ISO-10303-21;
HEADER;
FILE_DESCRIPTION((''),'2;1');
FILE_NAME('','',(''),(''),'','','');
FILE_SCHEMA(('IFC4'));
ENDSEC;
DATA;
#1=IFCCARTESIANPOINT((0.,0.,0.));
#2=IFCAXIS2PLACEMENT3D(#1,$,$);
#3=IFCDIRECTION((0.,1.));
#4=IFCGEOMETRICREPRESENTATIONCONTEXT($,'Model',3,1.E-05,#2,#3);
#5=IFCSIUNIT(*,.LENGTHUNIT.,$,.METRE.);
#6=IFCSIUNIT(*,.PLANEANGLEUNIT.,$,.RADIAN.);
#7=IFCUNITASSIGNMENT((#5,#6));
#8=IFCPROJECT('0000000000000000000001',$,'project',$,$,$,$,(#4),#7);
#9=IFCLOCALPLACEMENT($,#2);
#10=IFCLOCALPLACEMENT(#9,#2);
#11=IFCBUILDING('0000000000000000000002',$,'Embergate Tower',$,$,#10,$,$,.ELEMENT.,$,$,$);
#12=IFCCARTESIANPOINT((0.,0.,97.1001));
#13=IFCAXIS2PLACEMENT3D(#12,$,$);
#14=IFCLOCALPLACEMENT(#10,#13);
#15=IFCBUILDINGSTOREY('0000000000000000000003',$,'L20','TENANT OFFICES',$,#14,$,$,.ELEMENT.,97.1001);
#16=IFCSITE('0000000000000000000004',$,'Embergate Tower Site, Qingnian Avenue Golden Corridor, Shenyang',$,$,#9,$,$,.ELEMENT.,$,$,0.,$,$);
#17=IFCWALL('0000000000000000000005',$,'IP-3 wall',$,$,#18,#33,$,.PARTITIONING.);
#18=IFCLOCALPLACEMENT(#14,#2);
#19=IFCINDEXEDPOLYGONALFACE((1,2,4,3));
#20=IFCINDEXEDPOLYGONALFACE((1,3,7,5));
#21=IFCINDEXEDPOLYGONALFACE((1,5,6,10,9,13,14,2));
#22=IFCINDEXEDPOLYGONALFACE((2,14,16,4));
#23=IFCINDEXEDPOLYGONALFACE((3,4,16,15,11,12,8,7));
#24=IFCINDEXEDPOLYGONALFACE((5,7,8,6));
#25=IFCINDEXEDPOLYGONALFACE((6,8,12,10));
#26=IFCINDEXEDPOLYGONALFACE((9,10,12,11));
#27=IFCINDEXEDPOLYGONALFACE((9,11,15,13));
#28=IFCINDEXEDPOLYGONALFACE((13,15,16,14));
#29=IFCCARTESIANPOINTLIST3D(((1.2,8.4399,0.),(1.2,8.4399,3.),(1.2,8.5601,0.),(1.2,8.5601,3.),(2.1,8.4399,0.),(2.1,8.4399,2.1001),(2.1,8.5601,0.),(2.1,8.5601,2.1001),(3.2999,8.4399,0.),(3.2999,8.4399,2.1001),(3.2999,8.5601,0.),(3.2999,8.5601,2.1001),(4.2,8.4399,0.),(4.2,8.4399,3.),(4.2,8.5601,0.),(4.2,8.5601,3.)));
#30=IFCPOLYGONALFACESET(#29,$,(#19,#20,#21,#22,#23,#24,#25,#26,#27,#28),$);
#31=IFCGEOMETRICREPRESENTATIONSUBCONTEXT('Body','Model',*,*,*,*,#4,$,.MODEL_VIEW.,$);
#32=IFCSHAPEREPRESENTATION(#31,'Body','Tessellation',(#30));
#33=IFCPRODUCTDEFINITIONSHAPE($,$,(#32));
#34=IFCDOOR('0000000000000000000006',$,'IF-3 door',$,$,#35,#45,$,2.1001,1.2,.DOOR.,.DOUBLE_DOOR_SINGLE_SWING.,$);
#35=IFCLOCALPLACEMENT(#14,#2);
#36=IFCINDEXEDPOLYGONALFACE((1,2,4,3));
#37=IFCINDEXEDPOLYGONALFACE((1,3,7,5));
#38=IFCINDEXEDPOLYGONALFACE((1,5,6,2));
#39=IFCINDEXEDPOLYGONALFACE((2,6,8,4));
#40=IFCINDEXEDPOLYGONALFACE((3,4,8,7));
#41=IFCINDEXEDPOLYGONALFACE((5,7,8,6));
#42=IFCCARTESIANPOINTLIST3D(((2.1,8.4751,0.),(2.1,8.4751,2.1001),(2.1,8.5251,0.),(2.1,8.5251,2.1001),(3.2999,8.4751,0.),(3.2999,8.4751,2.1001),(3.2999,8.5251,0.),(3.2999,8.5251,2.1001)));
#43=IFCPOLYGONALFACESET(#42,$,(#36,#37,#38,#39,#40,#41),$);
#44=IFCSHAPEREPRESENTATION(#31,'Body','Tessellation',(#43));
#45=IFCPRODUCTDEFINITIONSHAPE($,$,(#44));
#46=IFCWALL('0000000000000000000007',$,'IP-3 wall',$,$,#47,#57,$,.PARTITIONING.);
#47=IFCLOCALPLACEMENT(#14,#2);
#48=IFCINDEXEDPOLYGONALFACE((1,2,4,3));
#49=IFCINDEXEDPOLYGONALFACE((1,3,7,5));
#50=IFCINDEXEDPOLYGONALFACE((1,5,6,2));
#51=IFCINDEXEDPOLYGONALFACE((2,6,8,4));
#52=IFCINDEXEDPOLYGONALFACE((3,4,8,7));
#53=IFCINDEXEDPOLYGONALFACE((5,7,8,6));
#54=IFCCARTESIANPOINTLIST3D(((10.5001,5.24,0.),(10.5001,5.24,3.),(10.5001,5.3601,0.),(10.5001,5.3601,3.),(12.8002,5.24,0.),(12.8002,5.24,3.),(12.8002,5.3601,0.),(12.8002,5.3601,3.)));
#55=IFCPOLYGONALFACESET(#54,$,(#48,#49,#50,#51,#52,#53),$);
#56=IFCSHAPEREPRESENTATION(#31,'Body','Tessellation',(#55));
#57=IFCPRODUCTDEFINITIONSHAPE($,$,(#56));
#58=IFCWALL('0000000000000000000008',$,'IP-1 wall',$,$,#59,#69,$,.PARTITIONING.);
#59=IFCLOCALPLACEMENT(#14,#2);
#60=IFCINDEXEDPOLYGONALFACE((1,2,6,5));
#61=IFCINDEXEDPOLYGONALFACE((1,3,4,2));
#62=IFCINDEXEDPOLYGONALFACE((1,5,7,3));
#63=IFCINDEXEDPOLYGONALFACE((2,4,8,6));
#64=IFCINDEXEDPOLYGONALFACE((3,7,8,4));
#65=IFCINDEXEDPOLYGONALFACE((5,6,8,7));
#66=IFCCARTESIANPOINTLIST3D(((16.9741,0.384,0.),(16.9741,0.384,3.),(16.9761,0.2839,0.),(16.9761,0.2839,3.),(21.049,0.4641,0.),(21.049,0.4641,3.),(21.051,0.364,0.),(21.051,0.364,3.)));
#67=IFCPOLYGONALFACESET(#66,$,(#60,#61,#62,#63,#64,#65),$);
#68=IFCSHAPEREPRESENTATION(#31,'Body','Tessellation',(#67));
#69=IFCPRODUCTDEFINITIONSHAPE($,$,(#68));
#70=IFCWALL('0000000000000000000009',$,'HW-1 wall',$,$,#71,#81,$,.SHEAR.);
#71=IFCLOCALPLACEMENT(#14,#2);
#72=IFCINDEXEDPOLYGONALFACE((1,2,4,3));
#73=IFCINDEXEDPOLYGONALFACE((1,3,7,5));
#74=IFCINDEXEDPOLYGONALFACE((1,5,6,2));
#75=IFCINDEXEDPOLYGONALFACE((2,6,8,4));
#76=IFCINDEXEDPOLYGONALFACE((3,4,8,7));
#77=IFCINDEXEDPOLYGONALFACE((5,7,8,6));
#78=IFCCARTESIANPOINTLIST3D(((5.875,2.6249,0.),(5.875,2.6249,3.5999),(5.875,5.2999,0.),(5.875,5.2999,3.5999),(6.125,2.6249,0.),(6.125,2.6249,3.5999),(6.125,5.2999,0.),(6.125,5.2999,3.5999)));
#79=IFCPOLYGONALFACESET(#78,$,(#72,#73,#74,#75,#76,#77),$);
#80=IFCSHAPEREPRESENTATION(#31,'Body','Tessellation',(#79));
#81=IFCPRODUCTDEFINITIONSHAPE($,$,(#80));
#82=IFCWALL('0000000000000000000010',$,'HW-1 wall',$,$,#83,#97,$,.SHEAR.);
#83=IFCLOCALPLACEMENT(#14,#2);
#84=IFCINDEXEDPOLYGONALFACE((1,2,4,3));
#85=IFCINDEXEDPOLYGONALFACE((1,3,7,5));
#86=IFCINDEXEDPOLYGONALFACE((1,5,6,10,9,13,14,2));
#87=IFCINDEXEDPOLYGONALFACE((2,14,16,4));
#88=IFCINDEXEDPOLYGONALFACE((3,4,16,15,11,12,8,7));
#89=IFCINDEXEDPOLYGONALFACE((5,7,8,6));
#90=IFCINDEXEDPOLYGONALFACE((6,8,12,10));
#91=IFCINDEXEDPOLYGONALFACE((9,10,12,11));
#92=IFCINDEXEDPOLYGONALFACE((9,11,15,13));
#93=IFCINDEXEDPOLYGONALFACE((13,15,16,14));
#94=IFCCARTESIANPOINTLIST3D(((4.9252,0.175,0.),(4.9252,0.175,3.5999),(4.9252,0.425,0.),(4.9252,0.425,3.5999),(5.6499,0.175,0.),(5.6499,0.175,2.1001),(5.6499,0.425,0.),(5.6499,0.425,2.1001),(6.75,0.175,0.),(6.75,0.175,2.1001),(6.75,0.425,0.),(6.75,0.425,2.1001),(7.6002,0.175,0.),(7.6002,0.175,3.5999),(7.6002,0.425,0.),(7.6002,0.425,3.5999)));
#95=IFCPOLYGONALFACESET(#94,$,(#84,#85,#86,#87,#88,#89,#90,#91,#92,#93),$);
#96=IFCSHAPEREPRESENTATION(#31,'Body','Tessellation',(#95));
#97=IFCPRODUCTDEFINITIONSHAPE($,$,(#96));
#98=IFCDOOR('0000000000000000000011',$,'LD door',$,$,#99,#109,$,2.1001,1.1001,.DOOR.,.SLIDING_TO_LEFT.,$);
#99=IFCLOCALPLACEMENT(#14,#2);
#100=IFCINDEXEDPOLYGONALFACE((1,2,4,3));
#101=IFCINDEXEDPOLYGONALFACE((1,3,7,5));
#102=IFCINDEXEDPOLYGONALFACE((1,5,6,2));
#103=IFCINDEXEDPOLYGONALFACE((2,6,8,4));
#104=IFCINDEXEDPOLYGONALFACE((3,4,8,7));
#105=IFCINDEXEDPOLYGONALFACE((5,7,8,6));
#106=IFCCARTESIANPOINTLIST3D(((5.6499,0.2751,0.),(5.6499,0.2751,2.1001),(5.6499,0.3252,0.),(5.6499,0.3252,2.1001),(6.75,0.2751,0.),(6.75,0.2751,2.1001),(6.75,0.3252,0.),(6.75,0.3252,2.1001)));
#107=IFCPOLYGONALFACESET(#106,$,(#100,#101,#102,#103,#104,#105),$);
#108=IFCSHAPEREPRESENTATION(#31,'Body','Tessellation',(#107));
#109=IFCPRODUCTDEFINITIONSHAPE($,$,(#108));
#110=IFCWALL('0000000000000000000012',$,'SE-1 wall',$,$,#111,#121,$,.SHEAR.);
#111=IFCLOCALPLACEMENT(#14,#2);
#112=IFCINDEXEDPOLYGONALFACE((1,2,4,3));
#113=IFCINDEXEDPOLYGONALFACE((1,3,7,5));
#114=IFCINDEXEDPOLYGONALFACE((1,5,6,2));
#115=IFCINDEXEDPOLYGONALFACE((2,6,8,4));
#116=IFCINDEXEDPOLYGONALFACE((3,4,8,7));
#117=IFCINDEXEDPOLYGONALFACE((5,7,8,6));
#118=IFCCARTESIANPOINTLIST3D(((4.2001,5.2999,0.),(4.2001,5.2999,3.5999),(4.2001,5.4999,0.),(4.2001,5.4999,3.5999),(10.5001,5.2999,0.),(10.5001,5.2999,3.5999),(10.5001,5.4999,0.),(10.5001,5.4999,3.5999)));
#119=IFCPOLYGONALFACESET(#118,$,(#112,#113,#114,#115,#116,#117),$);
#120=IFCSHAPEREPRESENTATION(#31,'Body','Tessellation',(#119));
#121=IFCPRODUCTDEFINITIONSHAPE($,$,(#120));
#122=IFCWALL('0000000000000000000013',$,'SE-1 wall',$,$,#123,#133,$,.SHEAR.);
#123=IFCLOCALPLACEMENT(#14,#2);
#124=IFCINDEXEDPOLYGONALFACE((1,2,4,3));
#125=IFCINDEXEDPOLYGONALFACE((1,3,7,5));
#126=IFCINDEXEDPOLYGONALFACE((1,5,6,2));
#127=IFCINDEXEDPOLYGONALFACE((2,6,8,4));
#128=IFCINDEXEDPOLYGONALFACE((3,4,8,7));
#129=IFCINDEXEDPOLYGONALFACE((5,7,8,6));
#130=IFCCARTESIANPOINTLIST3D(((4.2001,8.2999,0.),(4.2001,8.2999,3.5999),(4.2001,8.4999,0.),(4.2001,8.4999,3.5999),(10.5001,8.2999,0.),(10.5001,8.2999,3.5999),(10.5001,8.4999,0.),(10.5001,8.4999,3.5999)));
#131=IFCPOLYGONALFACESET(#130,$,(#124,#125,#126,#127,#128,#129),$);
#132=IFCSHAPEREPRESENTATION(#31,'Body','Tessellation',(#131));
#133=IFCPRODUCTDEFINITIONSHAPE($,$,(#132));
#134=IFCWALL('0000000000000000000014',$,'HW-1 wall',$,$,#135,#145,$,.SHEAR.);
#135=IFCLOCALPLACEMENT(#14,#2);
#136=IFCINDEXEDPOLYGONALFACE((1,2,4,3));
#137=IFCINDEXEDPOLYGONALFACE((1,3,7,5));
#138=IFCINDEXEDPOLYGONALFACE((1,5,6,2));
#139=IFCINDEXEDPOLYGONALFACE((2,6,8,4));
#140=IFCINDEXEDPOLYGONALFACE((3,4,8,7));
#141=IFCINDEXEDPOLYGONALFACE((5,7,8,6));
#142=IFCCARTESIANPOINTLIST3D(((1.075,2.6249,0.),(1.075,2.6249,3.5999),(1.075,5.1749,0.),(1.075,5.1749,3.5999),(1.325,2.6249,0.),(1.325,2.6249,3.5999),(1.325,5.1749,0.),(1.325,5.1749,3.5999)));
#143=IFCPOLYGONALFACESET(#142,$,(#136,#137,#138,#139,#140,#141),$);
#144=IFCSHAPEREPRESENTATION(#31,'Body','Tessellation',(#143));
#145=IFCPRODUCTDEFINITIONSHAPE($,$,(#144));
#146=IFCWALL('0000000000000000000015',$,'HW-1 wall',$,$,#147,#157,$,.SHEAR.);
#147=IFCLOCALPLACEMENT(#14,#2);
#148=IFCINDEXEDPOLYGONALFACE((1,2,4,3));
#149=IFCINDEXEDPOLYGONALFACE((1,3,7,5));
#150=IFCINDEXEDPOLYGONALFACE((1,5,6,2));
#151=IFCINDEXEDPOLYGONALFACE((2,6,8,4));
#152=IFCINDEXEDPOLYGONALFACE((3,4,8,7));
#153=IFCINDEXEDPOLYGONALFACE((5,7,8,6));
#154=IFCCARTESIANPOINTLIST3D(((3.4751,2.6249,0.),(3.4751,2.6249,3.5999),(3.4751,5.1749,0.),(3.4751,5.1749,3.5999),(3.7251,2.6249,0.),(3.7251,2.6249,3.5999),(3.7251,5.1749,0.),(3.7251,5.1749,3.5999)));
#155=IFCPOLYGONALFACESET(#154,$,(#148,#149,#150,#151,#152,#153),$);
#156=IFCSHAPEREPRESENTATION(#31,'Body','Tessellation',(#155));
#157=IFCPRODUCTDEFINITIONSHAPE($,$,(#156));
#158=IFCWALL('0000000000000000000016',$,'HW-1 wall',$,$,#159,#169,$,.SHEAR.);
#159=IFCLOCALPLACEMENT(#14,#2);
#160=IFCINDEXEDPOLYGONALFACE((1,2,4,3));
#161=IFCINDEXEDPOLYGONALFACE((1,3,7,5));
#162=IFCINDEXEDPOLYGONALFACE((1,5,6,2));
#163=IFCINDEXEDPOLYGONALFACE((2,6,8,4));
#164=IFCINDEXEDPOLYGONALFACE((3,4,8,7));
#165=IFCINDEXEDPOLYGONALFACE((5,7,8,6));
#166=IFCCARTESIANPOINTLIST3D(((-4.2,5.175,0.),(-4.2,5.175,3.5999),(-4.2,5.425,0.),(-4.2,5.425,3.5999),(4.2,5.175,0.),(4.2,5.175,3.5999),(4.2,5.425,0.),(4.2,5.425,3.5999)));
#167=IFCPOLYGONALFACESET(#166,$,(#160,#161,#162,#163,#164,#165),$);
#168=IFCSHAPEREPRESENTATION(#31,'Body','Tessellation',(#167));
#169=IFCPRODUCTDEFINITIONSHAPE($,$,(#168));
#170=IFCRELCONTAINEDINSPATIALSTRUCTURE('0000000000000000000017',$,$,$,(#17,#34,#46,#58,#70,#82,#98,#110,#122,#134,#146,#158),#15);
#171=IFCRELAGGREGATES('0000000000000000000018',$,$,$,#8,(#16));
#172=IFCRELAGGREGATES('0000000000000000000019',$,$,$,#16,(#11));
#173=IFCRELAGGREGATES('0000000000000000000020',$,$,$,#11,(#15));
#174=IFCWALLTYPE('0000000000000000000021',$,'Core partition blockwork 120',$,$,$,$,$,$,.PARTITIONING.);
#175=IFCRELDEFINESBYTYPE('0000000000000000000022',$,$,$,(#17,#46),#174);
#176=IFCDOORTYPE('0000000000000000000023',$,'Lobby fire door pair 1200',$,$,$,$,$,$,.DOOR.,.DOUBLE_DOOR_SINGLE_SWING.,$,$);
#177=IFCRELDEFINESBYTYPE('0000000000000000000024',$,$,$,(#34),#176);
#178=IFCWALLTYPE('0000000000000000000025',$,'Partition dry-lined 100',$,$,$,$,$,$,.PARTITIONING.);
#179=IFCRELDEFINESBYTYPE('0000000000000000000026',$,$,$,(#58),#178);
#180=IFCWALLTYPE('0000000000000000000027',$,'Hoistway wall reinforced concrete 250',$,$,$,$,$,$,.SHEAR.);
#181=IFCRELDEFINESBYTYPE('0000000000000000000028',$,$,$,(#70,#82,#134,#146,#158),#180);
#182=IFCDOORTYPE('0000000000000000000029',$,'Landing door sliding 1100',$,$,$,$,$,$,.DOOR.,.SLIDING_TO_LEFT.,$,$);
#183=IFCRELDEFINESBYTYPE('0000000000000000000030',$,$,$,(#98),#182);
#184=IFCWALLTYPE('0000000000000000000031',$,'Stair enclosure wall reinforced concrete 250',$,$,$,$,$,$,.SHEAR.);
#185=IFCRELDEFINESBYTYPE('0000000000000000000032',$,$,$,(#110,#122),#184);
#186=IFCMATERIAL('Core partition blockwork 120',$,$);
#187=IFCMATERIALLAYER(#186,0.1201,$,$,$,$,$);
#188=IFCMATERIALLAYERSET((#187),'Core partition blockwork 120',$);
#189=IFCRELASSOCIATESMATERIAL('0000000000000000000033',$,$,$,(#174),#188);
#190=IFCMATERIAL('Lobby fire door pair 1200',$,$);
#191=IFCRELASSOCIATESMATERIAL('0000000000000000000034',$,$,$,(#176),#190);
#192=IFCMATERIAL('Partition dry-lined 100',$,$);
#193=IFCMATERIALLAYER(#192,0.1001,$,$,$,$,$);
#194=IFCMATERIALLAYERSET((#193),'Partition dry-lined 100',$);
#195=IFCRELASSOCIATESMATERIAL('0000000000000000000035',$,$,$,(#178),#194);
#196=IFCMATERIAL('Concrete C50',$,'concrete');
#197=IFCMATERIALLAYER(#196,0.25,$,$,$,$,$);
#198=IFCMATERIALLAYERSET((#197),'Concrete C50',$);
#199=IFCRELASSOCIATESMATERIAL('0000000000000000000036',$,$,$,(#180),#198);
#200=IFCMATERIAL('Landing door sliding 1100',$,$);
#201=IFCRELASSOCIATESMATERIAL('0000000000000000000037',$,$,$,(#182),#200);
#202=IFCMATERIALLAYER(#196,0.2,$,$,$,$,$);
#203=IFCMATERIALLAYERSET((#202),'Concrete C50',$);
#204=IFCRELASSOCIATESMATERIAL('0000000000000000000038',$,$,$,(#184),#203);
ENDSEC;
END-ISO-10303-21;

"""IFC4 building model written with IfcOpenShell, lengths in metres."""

from ifc_helpers import new_model, si_unit, direction, frame, frame_2d, origin, place, context, subcontext, project, spatial, rectangle, extrude, source, transform, mapped, material, layer, layer_set, type_object, element, fill, save


model = new_model("IFC4")

# Units and contexts
model_context = context("Model", 3, precision=1e-05, world=origin(), true_north=direction((0.0, 1.0)))
body_context = subcontext(model_context, "Body", "Model", "MODEL_VIEW")
ifc_project = project(units=[si_unit("LENGTHUNIT", "METRE"), si_unit("PLANEANGLEUNIT", "RADIAN")], contexts=[model_context])

# Site, building, storey
site_placement = place(None, origin())
site = spatial("IfcSite", under=ifc_project, at=site_placement, Name="Embergate Tower Site, Qingnian Avenue Golden Corridor, Shenyang", CompositionType="ELEMENT", RefElevation=0.0)
building_placement = place(site_placement, origin())
building = spatial("IfcBuilding", under=site, at=building_placement, Name="Embergate Tower", CompositionType="ELEMENT")
storey_placement = place(building_placement, frame((0.0, 0.0, 97.1001)))
storey = spatial("IfcBuildingStorey", under=building, at=storey_placement, Name="L20", Description="TENANT OFFICES", CompositionType="ELEMENT", Elevation=97.1001)

# Shared definitions
ifc_material_1 = material(Name="Core partition blockwork 120")
ifc_layer_1 = layer(ifc_material_1, 0.1201)
ifc_layer_set_1 = layer_set([ifc_layer_1], Name="Core partition blockwork 120")
wall_type_1 = type_object("IfcWallType", Name="Core partition blockwork 120", PredefinedType="PARTITIONING", material=ifc_layer_set_1)

# Wall, opening, door
shared_shape_1 = source(origin(), body_context, "Body", "SweptSolid", [
    extrude(rectangle(XDim=3.0, YDim=0.1201, at=frame_2d((1.5, 0.0))), origin(), (0.0, 0.0, 1.0), 3.0),
])
wall_1_placement = place(storey_placement, frame((4.2, 8.5, 0.0), z_axis=(0.0, 0.0, 1.0), x_axis=(-1.0, 0.0, 0.0)))
wall_1 = element("IfcWall", 1, at=wall_1_placement, inside=storey, type_object=wall_type_1, Name="IP-3 wall", PredefinedType="PARTITIONING", context=body_context, shape_type="MappedRepresentation", body=[
    mapped(shared_shape_1, transform((0.0, 0.0, 0.0))),
])
shared_shape_2 = source(origin(), body_context, "Body", "SweptSolid", [
    extrude(rectangle(XDim=1.2, YDim=2.1001, at=frame_2d((0.6001, 1.05))), frame((0.0, 0.0701, 0.0), z_axis=(0.0, -1.0, 0.0), x_axis=(1.0, 0.0, 0.0)), (0.0, 0.0, 1.0), 0.1401),
])
opening_1_placement = place(wall_1_placement, frame((0.8999, 0.0, 0.0)))
opening_1 = element("IfcOpeningElement", 2, at=opening_1_placement, cuts=wall_1, PredefinedType="OPENING", context=body_context, shape_type="MappedRepresentation", body=[
    mapped(shared_shape_2, transform((0.0, 0.0, 0.0))),
])
ifc_material_2 = material(Name="Lobby fire door pair 1200")
door_type_1 = type_object("IfcDoorType", Name="Lobby fire door pair 1200", OperationType="DOUBLE_DOOR_SINGLE_SWING", PredefinedType="DOOR", material=ifc_material_2)
shared_shape_3 = source(origin(), body_context, "Body", "SweptSolid", [
    extrude(rectangle(XDim=1.2, YDim=2.1001, at=frame_2d((0.6001, 1.05))), frame((0.0, 0.0249, 0.0), z_axis=(0.0, -1.0, 0.0), x_axis=(1.0, 0.0, 0.0)), (0.0, 0.0, 1.0), 0.05),
])
door_1_placement = place(opening_1_placement, origin())
door_1 = element("IfcDoor", 3, at=door_1_placement, inside=storey, type_object=door_type_1, Name="IF-3 door", OperationType="DOUBLE_DOOR_SINGLE_SWING", OverallHeight=2.1001, OverallWidth=1.2, PredefinedType="DOOR", context=body_context, shape_type="MappedRepresentation", body=[
    mapped(shared_shape_3, transform((0.0, 0.0, 0.0))),
])
fill(opening_1, door_1)

# Walls
shared_shape_4 = source(origin(), body_context, "Body", "SweptSolid", [
    extrude(rectangle(XDim=2.3, YDim=0.1201, at=frame_2d((1.1499, 0.0))), origin(), (0.0, 0.0, 1.0), 3.0),
])
wall_2_placement = place(storey_placement, frame((12.8, 5.3, 0.0), z_axis=(0.0, 0.0, 1.0), x_axis=(-1.0, 0.0, 0.0)))
element("IfcWall", 4, at=wall_2_placement, inside=storey, type_object=wall_type_1, Name="IP-3 wall", PredefinedType="PARTITIONING", context=body_context, shape_type="MappedRepresentation", body=[
    mapped(shared_shape_4, transform((0.0, 0.0, 0.0))),
])
ifc_material_3 = material(Name="Partition dry-lined 100")
ifc_layer_2 = layer(ifc_material_3, 0.1001)
ifc_layer_set_2 = layer_set([ifc_layer_2], Name="Partition dry-lined 100")
wall_type_2 = type_object("IfcWallType", Name="Partition dry-lined 100", PredefinedType="PARTITIONING", material=ifc_layer_set_2)
shared_shape_5 = source(origin(), body_context, "Body", "SweptSolid", [
    extrude(rectangle(XDim=4.0757, YDim=0.1001, at=frame_2d((2.0378, 0.0))), origin(), (0.0, 0.0, 1.0), 3.0),
])
wall_3_placement = place(storey_placement, frame((16.9751, 0.334, 0.0), z_axis=(0.0, 0.0, 1.0), x_axis=(0.999807, 0.019648, 0.0)))
element("IfcWall", 5, at=wall_3_placement, inside=storey, type_object=wall_type_2, Name="IP-1 wall", PredefinedType="PARTITIONING", context=body_context, shape_type="MappedRepresentation", body=[
    mapped(shared_shape_5, transform((0.0, 0.0, 0.0))),
])
ifc_material_4 = material(Name="Concrete C50", Category="concrete")
ifc_layer_3 = layer(ifc_material_4, 0.25)
ifc_layer_set_3 = layer_set([ifc_layer_3], Name="Concrete C50")
wall_type_3 = type_object("IfcWallType", Name="Hoistway wall reinforced concrete 250", PredefinedType="SHEAR", material=ifc_layer_set_3)
shared_shape_6 = source(origin(), body_context, "Body", "SweptSolid", [
    extrude(rectangle(XDim=2.675, YDim=0.25, at=frame_2d((1.3374, 0.0))), origin(), (0.0, 0.0, 1.0), 3.5999),
])
wall_4_placement = place(storey_placement, frame((6.0, 2.625, 0.0), z_axis=(0.0, 0.0, 1.0), x_axis=(0.0, 1.0, 0.0)))
element("IfcWall", 6, at=wall_4_placement, inside=storey, type_object=wall_type_3, Name="HW-1 wall", PredefinedType="SHEAR", context=body_context, shape_type="MappedRepresentation", body=[
    mapped(shared_shape_6, transform((0.0, 0.0, 0.0))),
])

# Wall, opening, door
wall_5_placement = place(storey_placement, frame((7.6001, 0.3, 0.0), z_axis=(0.0, 0.0, 1.0), x_axis=(-1.0, 0.0, 0.0)))
wall_5 = element("IfcWall", 7, at=wall_5_placement, inside=storey, type_object=wall_type_3, Name="HW-1 wall", PredefinedType="SHEAR", context=body_context, shape_type="MappedRepresentation", body=[
    mapped(shared_shape_6, transform((0.0, 0.0, 0.0))),
])
shared_shape_7 = source(origin(), body_context, "Body", "SweptSolid", [
    extrude(rectangle(XDim=1.1001, YDim=2.1001, at=frame_2d((0.55, 1.05))), frame((0.0, 0.135, 0.0), z_axis=(0.0, -1.0, 0.0), x_axis=(1.0, 0.0, 0.0)), (0.0, 0.0, 1.0), 0.27),
])
opening_2_placement = place(wall_5_placement, frame((0.8501, 0.0, 0.0)))
opening_2 = element("IfcOpeningElement", 8, at=opening_2_placement, cuts=wall_5, PredefinedType="OPENING", context=body_context, shape_type="MappedRepresentation", body=[
    mapped(shared_shape_7, transform((0.0, 0.0, 0.0))),
])
ifc_material_5 = material(Name="Landing door sliding 1100")
door_type_2 = type_object("IfcDoorType", Name="Landing door sliding 1100", OperationType="SLIDING_TO_LEFT", PredefinedType="DOOR", material=ifc_material_5)
shared_shape_8 = source(origin(), body_context, "Body", "SweptSolid", [
    extrude(rectangle(XDim=1.1001, YDim=2.1001, at=frame_2d((0.55, 1.05))), frame((0.0, 0.0249, 0.0), z_axis=(0.0, -1.0, 0.0), x_axis=(1.0, 0.0, 0.0)), (0.0, 0.0, 1.0), 0.05),
])
door_2_placement = place(opening_2_placement, origin())
door_2 = element("IfcDoor", 9, at=door_2_placement, inside=storey, type_object=door_type_2, Name="LD door", OperationType="SLIDING_TO_LEFT", OverallHeight=2.1001, OverallWidth=1.1001, PredefinedType="DOOR", context=body_context, shape_type="MappedRepresentation", body=[
    mapped(shared_shape_8, transform((0.0, 0.0, 0.0))),
])
fill(opening_2, door_2)

# Walls
ifc_layer_4 = layer(ifc_material_4, 0.2)
ifc_layer_set_4 = layer_set([ifc_layer_4], Name="Concrete C50")
wall_type_4 = type_object("IfcWallType", Name="Stair enclosure wall reinforced concrete 250", PredefinedType="SHEAR", material=ifc_layer_set_4)
shared_shape_9 = source(origin(), body_context, "Body", "SweptSolid", [
    extrude(rectangle(XDim=6.3, YDim=0.2, at=frame_2d((3.1499, 0.0))), origin(), (0.0, 0.0, 1.0), 3.5999),
])
for number, where, z_axis, x_axis, name in (
    (10, (10.5, 5.3999, 0.0), (0.0, 0.0, 1.0), (-1.0, 0.0, 0.0), "SE-1 wall"),
    (11, (10.5, 8.3999, 0.0), (0.0, 0.0, 1.0), (-1.0, 0.0, 0.0), "SE-1 wall"),
):
    element("IfcWall", number, at=place(storey_placement, frame(where, z_axis=z_axis, x_axis=x_axis)), inside=storey, type_object=wall_type_4, Name=name, PredefinedType="SHEAR", context=body_context, shape_type="MappedRepresentation", body=[
        mapped(shared_shape_9, transform((0.0, 0.0, 0.0))),
    ])
shared_shape_10 = source(origin(), body_context, "Body", "SweptSolid", [
    extrude(rectangle(XDim=2.55, YDim=0.25, at=frame_2d((1.2749, 0.0))), origin(), (0.0, 0.0, 1.0), 3.5999),
])
for number, where, z_axis, x_axis, name in (
    (12, (1.2, 2.625, 0.0), (0.0, 0.0, 1.0), (0.0, 1.0, 0.0), "HW-1 wall"),
    (13, (3.6001, 2.625, 0.0), (0.0, 0.0, 1.0), (0.0, 1.0, 0.0), "HW-1 wall"),
):
    element("IfcWall", number, at=place(storey_placement, frame(where, z_axis=z_axis, x_axis=x_axis)), inside=storey, type_object=wall_type_3, Name=name, PredefinedType="SHEAR", context=body_context, shape_type="MappedRepresentation", body=[
        mapped(shared_shape_10, transform((0.0, 0.0, 0.0))),
    ])
shared_shape_11 = source(origin(), body_context, "Body", "SweptSolid", [
    extrude(rectangle(XDim=8.3999, YDim=0.25, at=frame_2d((4.2, 0.0))), origin(), (0.0, 0.0, 1.0), 3.5999),
])
wall_6_placement = place(storey_placement, frame((4.2, 5.3, 0.0), z_axis=(0.0, 0.0, 1.0), x_axis=(-1.0, 0.0, 0.0)))
element("IfcWall", 14, at=wall_6_placement, inside=storey, type_object=wall_type_3, Name="HW-1 wall", PredefinedType="SHEAR", context=body_context, shape_type="MappedRepresentation", body=[
    mapped(shared_shape_11, transform((0.0, 0.0, 0.0))),
])

save(model, "model.ifc")
